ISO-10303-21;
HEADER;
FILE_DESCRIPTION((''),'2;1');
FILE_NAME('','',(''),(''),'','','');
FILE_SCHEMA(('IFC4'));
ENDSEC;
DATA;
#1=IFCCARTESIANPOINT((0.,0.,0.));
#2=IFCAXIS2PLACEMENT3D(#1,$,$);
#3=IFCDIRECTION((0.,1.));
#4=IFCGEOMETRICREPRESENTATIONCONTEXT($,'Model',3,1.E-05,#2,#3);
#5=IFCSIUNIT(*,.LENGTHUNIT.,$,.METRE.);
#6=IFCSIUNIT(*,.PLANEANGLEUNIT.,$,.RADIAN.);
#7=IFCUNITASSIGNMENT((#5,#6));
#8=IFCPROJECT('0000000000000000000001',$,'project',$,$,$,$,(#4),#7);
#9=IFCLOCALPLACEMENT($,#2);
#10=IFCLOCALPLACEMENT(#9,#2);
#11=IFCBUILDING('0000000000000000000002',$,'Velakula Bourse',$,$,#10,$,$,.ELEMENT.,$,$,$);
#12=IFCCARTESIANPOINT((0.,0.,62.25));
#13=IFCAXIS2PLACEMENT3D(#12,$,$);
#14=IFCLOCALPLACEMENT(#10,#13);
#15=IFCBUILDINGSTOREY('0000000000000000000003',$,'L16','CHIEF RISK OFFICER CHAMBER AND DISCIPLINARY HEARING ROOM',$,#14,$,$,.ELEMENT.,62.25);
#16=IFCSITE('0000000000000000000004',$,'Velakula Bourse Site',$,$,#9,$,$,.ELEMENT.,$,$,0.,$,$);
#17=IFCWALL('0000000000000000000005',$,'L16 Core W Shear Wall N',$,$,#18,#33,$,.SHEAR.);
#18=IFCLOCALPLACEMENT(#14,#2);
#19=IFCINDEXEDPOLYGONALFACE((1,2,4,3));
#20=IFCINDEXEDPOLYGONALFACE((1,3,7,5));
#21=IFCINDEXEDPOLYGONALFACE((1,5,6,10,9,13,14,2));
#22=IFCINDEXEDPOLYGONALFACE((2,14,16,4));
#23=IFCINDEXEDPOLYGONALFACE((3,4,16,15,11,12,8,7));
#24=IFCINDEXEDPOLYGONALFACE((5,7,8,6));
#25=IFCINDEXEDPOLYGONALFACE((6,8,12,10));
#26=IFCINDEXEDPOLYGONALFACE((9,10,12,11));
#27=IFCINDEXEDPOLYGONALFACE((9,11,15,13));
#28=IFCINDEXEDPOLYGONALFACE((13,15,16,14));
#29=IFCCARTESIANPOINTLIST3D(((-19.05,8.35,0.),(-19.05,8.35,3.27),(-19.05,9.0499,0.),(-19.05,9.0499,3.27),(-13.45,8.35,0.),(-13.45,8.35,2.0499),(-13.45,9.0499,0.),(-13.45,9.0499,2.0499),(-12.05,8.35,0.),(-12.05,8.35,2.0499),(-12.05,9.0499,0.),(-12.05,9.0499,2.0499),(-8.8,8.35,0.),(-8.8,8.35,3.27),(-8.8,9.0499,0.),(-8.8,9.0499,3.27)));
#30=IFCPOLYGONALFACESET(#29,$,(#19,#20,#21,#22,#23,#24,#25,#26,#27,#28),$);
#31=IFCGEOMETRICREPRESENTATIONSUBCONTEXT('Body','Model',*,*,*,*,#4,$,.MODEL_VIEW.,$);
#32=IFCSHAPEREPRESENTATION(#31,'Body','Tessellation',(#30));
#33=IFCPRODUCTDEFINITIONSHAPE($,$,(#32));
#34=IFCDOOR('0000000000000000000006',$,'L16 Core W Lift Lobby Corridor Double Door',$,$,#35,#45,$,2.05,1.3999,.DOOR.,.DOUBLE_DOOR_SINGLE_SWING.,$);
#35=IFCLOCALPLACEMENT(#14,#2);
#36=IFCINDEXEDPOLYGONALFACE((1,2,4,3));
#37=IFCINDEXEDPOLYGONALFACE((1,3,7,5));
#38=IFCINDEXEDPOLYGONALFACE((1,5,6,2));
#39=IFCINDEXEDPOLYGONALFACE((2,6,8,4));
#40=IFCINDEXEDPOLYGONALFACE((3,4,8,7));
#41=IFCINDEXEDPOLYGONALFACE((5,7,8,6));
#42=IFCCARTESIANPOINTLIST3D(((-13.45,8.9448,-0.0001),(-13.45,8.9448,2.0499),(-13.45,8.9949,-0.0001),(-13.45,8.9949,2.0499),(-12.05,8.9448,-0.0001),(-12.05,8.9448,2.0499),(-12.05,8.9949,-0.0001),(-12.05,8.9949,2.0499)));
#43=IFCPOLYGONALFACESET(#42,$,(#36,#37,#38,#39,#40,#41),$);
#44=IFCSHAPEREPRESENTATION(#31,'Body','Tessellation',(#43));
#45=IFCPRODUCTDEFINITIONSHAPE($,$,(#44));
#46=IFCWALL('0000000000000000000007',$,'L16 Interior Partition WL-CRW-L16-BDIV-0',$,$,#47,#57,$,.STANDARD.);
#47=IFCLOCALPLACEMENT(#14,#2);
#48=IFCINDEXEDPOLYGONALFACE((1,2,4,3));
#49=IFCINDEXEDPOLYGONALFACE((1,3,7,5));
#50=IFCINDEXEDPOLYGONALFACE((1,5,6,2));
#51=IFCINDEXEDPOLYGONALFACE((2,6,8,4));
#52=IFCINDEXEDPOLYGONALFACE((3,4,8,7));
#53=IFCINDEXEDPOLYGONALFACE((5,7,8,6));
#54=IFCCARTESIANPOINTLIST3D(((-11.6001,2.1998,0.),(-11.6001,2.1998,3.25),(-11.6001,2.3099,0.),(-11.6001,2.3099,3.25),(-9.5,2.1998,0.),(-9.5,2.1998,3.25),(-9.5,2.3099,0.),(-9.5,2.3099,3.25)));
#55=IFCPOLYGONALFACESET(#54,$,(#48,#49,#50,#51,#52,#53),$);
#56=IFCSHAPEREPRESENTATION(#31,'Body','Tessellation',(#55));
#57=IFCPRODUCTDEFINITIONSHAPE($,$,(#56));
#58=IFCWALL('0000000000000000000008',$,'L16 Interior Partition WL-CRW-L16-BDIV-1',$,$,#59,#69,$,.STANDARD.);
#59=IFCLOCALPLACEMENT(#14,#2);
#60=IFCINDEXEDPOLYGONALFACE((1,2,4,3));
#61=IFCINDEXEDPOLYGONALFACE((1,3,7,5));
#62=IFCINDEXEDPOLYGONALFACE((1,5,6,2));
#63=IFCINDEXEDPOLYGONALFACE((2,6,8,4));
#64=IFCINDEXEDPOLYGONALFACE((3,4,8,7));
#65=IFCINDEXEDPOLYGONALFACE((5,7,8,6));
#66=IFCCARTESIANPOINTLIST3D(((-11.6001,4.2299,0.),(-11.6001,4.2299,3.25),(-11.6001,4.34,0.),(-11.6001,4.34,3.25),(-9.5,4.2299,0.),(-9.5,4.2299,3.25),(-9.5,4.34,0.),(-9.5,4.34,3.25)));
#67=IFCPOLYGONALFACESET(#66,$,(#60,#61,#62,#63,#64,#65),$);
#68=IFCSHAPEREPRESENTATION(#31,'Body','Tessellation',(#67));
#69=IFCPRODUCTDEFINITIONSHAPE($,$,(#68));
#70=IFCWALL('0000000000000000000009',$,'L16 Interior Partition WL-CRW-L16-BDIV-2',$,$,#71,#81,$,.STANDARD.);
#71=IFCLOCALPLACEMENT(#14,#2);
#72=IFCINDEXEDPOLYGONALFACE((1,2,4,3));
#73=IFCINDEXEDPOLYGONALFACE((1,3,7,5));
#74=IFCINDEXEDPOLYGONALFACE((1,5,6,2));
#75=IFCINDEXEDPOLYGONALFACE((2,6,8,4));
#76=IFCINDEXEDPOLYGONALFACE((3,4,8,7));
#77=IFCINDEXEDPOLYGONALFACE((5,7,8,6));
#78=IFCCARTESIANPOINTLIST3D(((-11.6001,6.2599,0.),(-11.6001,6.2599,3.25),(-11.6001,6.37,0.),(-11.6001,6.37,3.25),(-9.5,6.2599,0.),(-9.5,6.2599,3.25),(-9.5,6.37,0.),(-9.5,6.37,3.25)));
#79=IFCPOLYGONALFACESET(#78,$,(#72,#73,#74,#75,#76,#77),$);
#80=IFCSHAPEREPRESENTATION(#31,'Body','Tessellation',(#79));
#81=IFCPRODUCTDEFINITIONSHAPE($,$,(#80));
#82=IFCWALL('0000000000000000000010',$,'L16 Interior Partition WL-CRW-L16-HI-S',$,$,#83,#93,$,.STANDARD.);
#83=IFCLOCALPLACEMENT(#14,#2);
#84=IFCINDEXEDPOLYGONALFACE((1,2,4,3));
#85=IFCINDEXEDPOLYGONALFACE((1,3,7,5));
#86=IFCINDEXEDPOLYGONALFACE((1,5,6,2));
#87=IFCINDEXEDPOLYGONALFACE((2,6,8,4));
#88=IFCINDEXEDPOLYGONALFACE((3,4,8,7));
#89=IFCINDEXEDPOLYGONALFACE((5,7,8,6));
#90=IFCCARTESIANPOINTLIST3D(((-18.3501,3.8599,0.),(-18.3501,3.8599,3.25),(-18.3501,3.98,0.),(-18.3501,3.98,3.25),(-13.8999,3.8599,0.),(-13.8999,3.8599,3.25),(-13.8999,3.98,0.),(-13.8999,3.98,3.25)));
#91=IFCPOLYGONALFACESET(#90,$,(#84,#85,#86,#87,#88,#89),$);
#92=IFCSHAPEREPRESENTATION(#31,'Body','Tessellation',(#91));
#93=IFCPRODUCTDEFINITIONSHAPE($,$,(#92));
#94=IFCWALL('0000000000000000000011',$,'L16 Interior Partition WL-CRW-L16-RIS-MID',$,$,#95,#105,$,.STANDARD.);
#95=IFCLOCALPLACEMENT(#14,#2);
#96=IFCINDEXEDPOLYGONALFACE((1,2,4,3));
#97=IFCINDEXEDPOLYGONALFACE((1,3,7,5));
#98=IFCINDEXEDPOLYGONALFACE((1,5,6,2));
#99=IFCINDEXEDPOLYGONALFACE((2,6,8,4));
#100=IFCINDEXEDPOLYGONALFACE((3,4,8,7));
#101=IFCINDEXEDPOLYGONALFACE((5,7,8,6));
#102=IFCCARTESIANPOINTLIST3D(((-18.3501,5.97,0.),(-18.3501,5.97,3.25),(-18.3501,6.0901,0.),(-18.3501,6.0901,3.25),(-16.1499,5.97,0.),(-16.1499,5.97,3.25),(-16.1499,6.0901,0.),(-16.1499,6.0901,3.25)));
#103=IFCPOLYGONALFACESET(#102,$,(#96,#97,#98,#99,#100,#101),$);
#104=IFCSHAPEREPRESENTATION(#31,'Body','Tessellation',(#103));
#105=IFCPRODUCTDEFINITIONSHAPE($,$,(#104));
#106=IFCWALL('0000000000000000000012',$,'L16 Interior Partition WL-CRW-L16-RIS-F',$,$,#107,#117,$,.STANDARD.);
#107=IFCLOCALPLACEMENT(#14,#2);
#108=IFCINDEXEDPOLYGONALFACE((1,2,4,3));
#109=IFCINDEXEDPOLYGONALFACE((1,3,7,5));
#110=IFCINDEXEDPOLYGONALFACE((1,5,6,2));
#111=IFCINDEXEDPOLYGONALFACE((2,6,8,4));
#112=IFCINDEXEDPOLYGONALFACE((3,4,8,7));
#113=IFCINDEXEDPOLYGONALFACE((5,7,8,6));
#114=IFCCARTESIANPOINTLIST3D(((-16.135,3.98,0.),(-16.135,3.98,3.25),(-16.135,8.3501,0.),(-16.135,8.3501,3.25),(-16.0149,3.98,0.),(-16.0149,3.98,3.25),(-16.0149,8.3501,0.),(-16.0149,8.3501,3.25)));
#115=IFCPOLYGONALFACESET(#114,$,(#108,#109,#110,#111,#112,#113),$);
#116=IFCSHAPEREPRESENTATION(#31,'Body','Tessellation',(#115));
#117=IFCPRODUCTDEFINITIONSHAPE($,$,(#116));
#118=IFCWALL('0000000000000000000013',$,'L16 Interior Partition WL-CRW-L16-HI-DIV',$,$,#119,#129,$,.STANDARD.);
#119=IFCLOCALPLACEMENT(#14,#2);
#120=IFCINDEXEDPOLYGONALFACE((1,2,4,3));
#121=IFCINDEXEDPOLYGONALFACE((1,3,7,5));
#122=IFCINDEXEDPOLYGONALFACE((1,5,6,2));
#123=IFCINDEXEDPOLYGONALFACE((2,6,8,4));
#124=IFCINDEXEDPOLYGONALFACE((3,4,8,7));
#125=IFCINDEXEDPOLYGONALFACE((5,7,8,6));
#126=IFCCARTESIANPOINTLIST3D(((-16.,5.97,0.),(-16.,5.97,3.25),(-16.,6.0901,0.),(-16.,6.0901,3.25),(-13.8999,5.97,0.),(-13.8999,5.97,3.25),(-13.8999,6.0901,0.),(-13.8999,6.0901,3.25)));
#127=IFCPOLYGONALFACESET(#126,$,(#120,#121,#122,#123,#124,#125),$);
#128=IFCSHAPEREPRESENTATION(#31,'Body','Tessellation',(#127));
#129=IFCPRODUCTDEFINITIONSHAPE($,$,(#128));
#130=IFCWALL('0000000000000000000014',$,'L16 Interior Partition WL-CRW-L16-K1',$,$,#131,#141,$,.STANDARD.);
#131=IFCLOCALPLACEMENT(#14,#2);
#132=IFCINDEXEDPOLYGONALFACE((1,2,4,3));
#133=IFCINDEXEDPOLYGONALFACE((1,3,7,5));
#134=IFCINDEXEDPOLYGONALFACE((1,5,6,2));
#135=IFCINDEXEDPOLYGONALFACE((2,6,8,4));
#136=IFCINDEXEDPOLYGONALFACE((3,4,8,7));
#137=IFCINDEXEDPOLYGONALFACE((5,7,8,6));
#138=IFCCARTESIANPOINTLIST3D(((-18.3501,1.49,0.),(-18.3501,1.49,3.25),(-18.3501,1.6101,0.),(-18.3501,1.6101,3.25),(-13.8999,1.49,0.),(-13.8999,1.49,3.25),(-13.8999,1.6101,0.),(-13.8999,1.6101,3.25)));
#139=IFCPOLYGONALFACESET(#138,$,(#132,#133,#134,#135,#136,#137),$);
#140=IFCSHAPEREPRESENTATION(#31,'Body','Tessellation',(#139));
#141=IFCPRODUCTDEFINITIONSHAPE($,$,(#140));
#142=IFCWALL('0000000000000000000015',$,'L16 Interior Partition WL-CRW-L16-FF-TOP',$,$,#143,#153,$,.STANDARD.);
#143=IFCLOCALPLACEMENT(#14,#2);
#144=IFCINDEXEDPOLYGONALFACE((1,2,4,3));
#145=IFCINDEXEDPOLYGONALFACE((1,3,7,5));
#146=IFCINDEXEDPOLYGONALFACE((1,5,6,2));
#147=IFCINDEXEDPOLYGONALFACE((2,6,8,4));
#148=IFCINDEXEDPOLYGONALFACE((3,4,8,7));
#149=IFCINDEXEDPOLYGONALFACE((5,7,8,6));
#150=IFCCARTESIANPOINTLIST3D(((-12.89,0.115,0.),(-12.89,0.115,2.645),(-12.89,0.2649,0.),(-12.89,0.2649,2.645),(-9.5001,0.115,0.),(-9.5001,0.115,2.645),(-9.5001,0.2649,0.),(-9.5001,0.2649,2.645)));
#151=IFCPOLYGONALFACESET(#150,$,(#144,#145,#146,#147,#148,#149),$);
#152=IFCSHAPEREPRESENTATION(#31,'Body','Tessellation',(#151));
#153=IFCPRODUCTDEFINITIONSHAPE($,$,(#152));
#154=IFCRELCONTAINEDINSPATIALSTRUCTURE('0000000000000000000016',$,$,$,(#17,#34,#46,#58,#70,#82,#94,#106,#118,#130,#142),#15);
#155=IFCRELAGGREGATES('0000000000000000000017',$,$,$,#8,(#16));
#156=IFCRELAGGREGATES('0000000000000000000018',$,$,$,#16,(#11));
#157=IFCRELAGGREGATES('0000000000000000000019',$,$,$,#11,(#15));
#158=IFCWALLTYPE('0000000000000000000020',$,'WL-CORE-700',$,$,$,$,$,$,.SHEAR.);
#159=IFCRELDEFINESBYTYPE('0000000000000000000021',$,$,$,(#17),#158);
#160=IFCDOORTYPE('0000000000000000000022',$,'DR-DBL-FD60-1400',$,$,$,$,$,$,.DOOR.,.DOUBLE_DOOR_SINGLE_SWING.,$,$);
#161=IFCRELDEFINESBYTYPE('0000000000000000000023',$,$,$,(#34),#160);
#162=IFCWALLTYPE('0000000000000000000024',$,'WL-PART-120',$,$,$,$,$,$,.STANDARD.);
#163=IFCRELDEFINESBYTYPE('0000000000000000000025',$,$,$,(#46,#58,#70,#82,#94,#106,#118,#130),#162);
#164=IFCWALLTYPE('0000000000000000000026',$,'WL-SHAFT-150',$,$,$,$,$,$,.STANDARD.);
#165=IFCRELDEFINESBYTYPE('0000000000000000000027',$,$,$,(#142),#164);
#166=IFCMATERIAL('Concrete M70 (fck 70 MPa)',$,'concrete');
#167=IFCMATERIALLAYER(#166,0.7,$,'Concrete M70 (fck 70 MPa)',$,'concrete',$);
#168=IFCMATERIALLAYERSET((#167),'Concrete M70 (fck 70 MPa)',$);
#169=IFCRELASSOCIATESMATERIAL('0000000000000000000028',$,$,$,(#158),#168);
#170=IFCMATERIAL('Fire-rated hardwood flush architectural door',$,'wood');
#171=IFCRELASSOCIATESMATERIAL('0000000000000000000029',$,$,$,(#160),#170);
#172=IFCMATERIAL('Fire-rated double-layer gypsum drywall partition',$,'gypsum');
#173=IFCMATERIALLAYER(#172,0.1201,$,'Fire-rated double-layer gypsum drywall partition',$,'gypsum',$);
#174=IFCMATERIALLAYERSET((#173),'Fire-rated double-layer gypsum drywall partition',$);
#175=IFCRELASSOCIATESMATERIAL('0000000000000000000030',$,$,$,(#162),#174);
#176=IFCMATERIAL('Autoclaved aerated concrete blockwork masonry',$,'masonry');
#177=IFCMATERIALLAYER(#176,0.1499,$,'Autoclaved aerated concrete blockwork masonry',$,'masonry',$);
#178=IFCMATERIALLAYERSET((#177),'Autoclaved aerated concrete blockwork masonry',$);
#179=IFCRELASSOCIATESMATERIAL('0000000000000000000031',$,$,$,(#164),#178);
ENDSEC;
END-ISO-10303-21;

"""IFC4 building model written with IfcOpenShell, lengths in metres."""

from ifc_helpers import new_model, si_unit, direction, frame, frame_2d, origin, place, context, subcontext, project, spatial, rectangle, extrude, material, layer, layer_set, type_object, element, fill, save


model = new_model("IFC4")

# Units and contexts
model_context = context("Model", 3, precision=1e-05, world=origin(), true_north=direction((0.0, 1.0)))
body_context = subcontext(model_context, "Body", "Model", "MODEL_VIEW")
ifc_project = project(units=[si_unit("LENGTHUNIT", "METRE"), si_unit("PLANEANGLEUNIT", "RADIAN")], contexts=[model_context])

# Site, building, storey
site_placement = place(None, origin())
site = spatial("IfcSite", under=ifc_project, at=site_placement, Name="Velakula Bourse Site", CompositionType="ELEMENT", RefElevation=0.0)
building_placement = place(site_placement, origin())
building = spatial("IfcBuilding", under=site, at=building_placement, Name="Velakula Bourse", CompositionType="ELEMENT")
storey_placement = place(building_placement, frame((0.0, 0.0, 62.25)))
storey = spatial("IfcBuildingStorey", under=building, at=storey_placement, Name="L16", Description="CHIEF RISK OFFICER CHAMBER AND DISCIPLINARY HEARING ROOM", CompositionType="ELEMENT", Elevation=62.25)

# Shared definitions
ifc_material_1 = material(Name="Concrete M70 (fck 70 MPa)", Category="concrete")

# Wall, opening, door
ifc_layer_1 = layer(ifc_material_1, 0.7, Name="Concrete M70 (fck 70 MPa)", Category="concrete")
ifc_layer_set_1 = layer_set([ifc_layer_1], Name="Concrete M70 (fck 70 MPa)")
wall_type_1 = type_object("IfcWallType", Name="WL-CORE-700", PredefinedType="SHEAR", material=ifc_layer_set_1)
wall_1_placement = place(storey_placement, frame((-19.05, 8.7, 0.0), z_axis=(0.0, 0.0, 1.0), x_axis=(1.0, 0.0, 0.0)))
wall_1 = element("IfcWall", 1, at=wall_1_placement, inside=storey, type_object=wall_type_1, Name="L16 Core W Shear Wall N", PredefinedType="SHEAR", context=body_context, shape_type="SweptSolid", body=[
    extrude(rectangle(XDim=10.25, YDim=0.7, at=frame_2d((5.125, 0.0))), origin(), (0.0, 0.0, 1.0), 3.27),
])
opening_1_placement = place(wall_1_placement, frame((5.6001, 0.0, 0.0)))
opening_1 = element("IfcOpeningElement", 2, at=opening_1_placement, cuts=wall_1, PredefinedType="OPENING", context=body_context, shape_type="SweptSolid", body=[
    extrude(rectangle(XDim=1.3999, YDim=2.05, at=frame_2d((0.7, 1.0249))), frame((0.0, 0.3599, 0.0), z_axis=(0.0, -1.0, 0.0), x_axis=(1.0, 0.0, 0.0)), (0.0, 0.0, 1.0), 0.72),
])
ifc_material_2 = material(Name="Fire-rated hardwood flush architectural door", Category="wood")
door_type_1 = type_object("IfcDoorType", Name="DR-DBL-FD60-1400", OperationType="DOUBLE_DOOR_SINGLE_SWING", PredefinedType="DOOR", material=ifc_material_2)
door_1_placement = place(opening_1_placement, origin())
door_1 = element("IfcDoor", 3, at=door_1_placement, inside=storey, type_object=door_type_1, Name="L16 Core W Lift Lobby Corridor Double Door", OperationType="DOUBLE_DOOR_SINGLE_SWING", OverallHeight=2.05, OverallWidth=1.3999, PredefinedType="DOOR", context=body_context, shape_type="SweptSolid", body=[
    extrude(rectangle(XDim=1.3999, YDim=2.05, at=frame_2d((0.7, 1.0249))), frame((0.0, 0.2949, 0.0), z_axis=(0.0, -1.0, 0.0), x_axis=(1.0, 0.0, 0.0)), (0.0, 0.0, 1.0), 0.05),
])
fill(opening_1, door_1)

# Walls
ifc_material_3 = material(Name="Fire-rated double-layer gypsum drywall partition", Category="gypsum")
ifc_layer_2 = layer(ifc_material_3, 0.1201, Name="Fire-rated double-layer gypsum drywall partition", Category="gypsum")
ifc_layer_set_2 = layer_set([ifc_layer_2], Name="Fire-rated double-layer gypsum drywall partition")
wall_type_2 = type_object("IfcWallType", Name="WL-PART-120", PredefinedType="STANDARD", material=ifc_layer_set_2)
for number, where, z_axis, x_axis, name in (
    (4, (-11.6001, 2.2549, 0.0), (0.0, 0.0, 1.0), (1.0, 0.0, 0.0), "L16 Interior Partition WL-CRW-L16-BDIV-0"),
    (5, (-11.6001, 4.2849, 0.0), (0.0, 0.0, 1.0), (1.0, 0.0, 0.0), "L16 Interior Partition WL-CRW-L16-BDIV-1"),
    (6, (-11.6001, 6.3149, 0.0), (0.0, 0.0, 1.0), (1.0, 0.0, 0.0), "L16 Interior Partition WL-CRW-L16-BDIV-2"),
):
    element("IfcWall", number, at=place(storey_placement, frame(where, z_axis=z_axis, x_axis=x_axis)), inside=storey, type_object=wall_type_2, Name=name, PredefinedType="STANDARD", context=body_context, shape_type="SweptSolid", body=[
        extrude(rectangle(XDim=2.1001, YDim=0.1101, at=frame_2d((1.05, 0.0))), origin(), (0.0, 0.0, 1.0), 3.25),
    ])
wall_2_placement = place(storey_placement, frame((-18.3501, 3.9199, 0.0), z_axis=(0.0, 0.0, 1.0), x_axis=(1.0, 0.0, 0.0)))
element("IfcWall", 7, at=wall_2_placement, inside=storey, type_object=wall_type_2, Name="L16 Interior Partition WL-CRW-L16-HI-S", PredefinedType="STANDARD", context=body_context, shape_type="SweptSolid", body=[
    extrude(rectangle(XDim=4.4502, YDim=0.1201, at=frame_2d((2.2251, 0.0))), origin(), (0.0, 0.0, 1.0), 3.25),
])
wall_3_placement = place(storey_placement, frame((-18.3501, 6.03, 0.0), z_axis=(0.0, 0.0, 1.0), x_axis=(1.0, 0.0, 0.0)))
element("IfcWall", 8, at=wall_3_placement, inside=storey, type_object=wall_type_2, Name="L16 Interior Partition WL-CRW-L16-RIS-MID", PredefinedType="STANDARD", context=body_context, shape_type="SweptSolid", body=[
    extrude(rectangle(XDim=2.2002, YDim=0.1201, at=frame_2d((1.1001, 0.0))), origin(), (0.0, 0.0, 1.0), 3.25),
])
wall_4_placement = place(storey_placement, frame((-16.075, 3.98, 0.0), z_axis=(0.0, 0.0, 1.0), x_axis=(0.0, 1.0, 0.0)))
element("IfcWall", 9, at=wall_4_placement, inside=storey, type_object=wall_type_2, Name="L16 Interior Partition WL-CRW-L16-RIS-F", PredefinedType="STANDARD", context=body_context, shape_type="SweptSolid", body=[
    extrude(rectangle(XDim=4.3701, YDim=0.1201, at=frame_2d((2.1851, 0.0))), origin(), (0.0, 0.0, 1.0), 3.25),
])
wall_5_placement = place(storey_placement, frame((-16.0, 6.03, 0.0), z_axis=(0.0, 0.0, 1.0), x_axis=(1.0, 0.0, 0.0)))
element("IfcWall", 10, at=wall_5_placement, inside=storey, type_object=wall_type_2, Name="L16 Interior Partition WL-CRW-L16-HI-DIV", PredefinedType="STANDARD", context=body_context, shape_type="SweptSolid", body=[
    extrude(rectangle(XDim=2.1001, YDim=0.1201, at=frame_2d((1.05, 0.0))), origin(), (0.0, 0.0, 1.0), 3.25),
])
wall_6_placement = place(storey_placement, frame((-18.3501, 1.55, 0.0), z_axis=(0.0, 0.0, 1.0), x_axis=(1.0, 0.0, 0.0)))
element("IfcWall", 11, at=wall_6_placement, inside=storey, type_object=wall_type_2, Name="L16 Interior Partition WL-CRW-L16-K1", PredefinedType="STANDARD", context=body_context, shape_type="SweptSolid", body=[
    extrude(rectangle(XDim=4.4502, YDim=0.1201, at=frame_2d((2.2251, 0.0))), origin(), (0.0, 0.0, 1.0), 3.25),
])
ifc_material_4 = material(Name="Autoclaved aerated concrete blockwork masonry", Category="masonry")
ifc_layer_3 = layer(ifc_material_4, 0.1499, Name="Autoclaved aerated concrete blockwork masonry", Category="masonry")
ifc_layer_set_3 = layer_set([ifc_layer_3], Name="Autoclaved aerated concrete blockwork masonry")
wall_type_3 = type_object("IfcWallType", Name="WL-SHAFT-150", PredefinedType="STANDARD", material=ifc_layer_set_3)
wall_7_placement = place(storey_placement, frame((-12.8899, 0.1899, 0.0), z_axis=(0.0, 0.0, 1.0), x_axis=(1.0, 0.0, 0.0)))
element("IfcWall", 12, at=wall_7_placement, inside=storey, type_object=wall_type_3, Name="L16 Interior Partition WL-CRW-L16-FF-TOP", PredefinedType="STANDARD", context=body_context, shape_type="SweptSolid", body=[
    extrude(rectangle(XDim=3.3899, YDim=0.1499, at=frame_2d((1.6948, 0.0))), origin(), (0.0, 0.0, 1.0), 2.645),
])

save(model, "model.ifc")
